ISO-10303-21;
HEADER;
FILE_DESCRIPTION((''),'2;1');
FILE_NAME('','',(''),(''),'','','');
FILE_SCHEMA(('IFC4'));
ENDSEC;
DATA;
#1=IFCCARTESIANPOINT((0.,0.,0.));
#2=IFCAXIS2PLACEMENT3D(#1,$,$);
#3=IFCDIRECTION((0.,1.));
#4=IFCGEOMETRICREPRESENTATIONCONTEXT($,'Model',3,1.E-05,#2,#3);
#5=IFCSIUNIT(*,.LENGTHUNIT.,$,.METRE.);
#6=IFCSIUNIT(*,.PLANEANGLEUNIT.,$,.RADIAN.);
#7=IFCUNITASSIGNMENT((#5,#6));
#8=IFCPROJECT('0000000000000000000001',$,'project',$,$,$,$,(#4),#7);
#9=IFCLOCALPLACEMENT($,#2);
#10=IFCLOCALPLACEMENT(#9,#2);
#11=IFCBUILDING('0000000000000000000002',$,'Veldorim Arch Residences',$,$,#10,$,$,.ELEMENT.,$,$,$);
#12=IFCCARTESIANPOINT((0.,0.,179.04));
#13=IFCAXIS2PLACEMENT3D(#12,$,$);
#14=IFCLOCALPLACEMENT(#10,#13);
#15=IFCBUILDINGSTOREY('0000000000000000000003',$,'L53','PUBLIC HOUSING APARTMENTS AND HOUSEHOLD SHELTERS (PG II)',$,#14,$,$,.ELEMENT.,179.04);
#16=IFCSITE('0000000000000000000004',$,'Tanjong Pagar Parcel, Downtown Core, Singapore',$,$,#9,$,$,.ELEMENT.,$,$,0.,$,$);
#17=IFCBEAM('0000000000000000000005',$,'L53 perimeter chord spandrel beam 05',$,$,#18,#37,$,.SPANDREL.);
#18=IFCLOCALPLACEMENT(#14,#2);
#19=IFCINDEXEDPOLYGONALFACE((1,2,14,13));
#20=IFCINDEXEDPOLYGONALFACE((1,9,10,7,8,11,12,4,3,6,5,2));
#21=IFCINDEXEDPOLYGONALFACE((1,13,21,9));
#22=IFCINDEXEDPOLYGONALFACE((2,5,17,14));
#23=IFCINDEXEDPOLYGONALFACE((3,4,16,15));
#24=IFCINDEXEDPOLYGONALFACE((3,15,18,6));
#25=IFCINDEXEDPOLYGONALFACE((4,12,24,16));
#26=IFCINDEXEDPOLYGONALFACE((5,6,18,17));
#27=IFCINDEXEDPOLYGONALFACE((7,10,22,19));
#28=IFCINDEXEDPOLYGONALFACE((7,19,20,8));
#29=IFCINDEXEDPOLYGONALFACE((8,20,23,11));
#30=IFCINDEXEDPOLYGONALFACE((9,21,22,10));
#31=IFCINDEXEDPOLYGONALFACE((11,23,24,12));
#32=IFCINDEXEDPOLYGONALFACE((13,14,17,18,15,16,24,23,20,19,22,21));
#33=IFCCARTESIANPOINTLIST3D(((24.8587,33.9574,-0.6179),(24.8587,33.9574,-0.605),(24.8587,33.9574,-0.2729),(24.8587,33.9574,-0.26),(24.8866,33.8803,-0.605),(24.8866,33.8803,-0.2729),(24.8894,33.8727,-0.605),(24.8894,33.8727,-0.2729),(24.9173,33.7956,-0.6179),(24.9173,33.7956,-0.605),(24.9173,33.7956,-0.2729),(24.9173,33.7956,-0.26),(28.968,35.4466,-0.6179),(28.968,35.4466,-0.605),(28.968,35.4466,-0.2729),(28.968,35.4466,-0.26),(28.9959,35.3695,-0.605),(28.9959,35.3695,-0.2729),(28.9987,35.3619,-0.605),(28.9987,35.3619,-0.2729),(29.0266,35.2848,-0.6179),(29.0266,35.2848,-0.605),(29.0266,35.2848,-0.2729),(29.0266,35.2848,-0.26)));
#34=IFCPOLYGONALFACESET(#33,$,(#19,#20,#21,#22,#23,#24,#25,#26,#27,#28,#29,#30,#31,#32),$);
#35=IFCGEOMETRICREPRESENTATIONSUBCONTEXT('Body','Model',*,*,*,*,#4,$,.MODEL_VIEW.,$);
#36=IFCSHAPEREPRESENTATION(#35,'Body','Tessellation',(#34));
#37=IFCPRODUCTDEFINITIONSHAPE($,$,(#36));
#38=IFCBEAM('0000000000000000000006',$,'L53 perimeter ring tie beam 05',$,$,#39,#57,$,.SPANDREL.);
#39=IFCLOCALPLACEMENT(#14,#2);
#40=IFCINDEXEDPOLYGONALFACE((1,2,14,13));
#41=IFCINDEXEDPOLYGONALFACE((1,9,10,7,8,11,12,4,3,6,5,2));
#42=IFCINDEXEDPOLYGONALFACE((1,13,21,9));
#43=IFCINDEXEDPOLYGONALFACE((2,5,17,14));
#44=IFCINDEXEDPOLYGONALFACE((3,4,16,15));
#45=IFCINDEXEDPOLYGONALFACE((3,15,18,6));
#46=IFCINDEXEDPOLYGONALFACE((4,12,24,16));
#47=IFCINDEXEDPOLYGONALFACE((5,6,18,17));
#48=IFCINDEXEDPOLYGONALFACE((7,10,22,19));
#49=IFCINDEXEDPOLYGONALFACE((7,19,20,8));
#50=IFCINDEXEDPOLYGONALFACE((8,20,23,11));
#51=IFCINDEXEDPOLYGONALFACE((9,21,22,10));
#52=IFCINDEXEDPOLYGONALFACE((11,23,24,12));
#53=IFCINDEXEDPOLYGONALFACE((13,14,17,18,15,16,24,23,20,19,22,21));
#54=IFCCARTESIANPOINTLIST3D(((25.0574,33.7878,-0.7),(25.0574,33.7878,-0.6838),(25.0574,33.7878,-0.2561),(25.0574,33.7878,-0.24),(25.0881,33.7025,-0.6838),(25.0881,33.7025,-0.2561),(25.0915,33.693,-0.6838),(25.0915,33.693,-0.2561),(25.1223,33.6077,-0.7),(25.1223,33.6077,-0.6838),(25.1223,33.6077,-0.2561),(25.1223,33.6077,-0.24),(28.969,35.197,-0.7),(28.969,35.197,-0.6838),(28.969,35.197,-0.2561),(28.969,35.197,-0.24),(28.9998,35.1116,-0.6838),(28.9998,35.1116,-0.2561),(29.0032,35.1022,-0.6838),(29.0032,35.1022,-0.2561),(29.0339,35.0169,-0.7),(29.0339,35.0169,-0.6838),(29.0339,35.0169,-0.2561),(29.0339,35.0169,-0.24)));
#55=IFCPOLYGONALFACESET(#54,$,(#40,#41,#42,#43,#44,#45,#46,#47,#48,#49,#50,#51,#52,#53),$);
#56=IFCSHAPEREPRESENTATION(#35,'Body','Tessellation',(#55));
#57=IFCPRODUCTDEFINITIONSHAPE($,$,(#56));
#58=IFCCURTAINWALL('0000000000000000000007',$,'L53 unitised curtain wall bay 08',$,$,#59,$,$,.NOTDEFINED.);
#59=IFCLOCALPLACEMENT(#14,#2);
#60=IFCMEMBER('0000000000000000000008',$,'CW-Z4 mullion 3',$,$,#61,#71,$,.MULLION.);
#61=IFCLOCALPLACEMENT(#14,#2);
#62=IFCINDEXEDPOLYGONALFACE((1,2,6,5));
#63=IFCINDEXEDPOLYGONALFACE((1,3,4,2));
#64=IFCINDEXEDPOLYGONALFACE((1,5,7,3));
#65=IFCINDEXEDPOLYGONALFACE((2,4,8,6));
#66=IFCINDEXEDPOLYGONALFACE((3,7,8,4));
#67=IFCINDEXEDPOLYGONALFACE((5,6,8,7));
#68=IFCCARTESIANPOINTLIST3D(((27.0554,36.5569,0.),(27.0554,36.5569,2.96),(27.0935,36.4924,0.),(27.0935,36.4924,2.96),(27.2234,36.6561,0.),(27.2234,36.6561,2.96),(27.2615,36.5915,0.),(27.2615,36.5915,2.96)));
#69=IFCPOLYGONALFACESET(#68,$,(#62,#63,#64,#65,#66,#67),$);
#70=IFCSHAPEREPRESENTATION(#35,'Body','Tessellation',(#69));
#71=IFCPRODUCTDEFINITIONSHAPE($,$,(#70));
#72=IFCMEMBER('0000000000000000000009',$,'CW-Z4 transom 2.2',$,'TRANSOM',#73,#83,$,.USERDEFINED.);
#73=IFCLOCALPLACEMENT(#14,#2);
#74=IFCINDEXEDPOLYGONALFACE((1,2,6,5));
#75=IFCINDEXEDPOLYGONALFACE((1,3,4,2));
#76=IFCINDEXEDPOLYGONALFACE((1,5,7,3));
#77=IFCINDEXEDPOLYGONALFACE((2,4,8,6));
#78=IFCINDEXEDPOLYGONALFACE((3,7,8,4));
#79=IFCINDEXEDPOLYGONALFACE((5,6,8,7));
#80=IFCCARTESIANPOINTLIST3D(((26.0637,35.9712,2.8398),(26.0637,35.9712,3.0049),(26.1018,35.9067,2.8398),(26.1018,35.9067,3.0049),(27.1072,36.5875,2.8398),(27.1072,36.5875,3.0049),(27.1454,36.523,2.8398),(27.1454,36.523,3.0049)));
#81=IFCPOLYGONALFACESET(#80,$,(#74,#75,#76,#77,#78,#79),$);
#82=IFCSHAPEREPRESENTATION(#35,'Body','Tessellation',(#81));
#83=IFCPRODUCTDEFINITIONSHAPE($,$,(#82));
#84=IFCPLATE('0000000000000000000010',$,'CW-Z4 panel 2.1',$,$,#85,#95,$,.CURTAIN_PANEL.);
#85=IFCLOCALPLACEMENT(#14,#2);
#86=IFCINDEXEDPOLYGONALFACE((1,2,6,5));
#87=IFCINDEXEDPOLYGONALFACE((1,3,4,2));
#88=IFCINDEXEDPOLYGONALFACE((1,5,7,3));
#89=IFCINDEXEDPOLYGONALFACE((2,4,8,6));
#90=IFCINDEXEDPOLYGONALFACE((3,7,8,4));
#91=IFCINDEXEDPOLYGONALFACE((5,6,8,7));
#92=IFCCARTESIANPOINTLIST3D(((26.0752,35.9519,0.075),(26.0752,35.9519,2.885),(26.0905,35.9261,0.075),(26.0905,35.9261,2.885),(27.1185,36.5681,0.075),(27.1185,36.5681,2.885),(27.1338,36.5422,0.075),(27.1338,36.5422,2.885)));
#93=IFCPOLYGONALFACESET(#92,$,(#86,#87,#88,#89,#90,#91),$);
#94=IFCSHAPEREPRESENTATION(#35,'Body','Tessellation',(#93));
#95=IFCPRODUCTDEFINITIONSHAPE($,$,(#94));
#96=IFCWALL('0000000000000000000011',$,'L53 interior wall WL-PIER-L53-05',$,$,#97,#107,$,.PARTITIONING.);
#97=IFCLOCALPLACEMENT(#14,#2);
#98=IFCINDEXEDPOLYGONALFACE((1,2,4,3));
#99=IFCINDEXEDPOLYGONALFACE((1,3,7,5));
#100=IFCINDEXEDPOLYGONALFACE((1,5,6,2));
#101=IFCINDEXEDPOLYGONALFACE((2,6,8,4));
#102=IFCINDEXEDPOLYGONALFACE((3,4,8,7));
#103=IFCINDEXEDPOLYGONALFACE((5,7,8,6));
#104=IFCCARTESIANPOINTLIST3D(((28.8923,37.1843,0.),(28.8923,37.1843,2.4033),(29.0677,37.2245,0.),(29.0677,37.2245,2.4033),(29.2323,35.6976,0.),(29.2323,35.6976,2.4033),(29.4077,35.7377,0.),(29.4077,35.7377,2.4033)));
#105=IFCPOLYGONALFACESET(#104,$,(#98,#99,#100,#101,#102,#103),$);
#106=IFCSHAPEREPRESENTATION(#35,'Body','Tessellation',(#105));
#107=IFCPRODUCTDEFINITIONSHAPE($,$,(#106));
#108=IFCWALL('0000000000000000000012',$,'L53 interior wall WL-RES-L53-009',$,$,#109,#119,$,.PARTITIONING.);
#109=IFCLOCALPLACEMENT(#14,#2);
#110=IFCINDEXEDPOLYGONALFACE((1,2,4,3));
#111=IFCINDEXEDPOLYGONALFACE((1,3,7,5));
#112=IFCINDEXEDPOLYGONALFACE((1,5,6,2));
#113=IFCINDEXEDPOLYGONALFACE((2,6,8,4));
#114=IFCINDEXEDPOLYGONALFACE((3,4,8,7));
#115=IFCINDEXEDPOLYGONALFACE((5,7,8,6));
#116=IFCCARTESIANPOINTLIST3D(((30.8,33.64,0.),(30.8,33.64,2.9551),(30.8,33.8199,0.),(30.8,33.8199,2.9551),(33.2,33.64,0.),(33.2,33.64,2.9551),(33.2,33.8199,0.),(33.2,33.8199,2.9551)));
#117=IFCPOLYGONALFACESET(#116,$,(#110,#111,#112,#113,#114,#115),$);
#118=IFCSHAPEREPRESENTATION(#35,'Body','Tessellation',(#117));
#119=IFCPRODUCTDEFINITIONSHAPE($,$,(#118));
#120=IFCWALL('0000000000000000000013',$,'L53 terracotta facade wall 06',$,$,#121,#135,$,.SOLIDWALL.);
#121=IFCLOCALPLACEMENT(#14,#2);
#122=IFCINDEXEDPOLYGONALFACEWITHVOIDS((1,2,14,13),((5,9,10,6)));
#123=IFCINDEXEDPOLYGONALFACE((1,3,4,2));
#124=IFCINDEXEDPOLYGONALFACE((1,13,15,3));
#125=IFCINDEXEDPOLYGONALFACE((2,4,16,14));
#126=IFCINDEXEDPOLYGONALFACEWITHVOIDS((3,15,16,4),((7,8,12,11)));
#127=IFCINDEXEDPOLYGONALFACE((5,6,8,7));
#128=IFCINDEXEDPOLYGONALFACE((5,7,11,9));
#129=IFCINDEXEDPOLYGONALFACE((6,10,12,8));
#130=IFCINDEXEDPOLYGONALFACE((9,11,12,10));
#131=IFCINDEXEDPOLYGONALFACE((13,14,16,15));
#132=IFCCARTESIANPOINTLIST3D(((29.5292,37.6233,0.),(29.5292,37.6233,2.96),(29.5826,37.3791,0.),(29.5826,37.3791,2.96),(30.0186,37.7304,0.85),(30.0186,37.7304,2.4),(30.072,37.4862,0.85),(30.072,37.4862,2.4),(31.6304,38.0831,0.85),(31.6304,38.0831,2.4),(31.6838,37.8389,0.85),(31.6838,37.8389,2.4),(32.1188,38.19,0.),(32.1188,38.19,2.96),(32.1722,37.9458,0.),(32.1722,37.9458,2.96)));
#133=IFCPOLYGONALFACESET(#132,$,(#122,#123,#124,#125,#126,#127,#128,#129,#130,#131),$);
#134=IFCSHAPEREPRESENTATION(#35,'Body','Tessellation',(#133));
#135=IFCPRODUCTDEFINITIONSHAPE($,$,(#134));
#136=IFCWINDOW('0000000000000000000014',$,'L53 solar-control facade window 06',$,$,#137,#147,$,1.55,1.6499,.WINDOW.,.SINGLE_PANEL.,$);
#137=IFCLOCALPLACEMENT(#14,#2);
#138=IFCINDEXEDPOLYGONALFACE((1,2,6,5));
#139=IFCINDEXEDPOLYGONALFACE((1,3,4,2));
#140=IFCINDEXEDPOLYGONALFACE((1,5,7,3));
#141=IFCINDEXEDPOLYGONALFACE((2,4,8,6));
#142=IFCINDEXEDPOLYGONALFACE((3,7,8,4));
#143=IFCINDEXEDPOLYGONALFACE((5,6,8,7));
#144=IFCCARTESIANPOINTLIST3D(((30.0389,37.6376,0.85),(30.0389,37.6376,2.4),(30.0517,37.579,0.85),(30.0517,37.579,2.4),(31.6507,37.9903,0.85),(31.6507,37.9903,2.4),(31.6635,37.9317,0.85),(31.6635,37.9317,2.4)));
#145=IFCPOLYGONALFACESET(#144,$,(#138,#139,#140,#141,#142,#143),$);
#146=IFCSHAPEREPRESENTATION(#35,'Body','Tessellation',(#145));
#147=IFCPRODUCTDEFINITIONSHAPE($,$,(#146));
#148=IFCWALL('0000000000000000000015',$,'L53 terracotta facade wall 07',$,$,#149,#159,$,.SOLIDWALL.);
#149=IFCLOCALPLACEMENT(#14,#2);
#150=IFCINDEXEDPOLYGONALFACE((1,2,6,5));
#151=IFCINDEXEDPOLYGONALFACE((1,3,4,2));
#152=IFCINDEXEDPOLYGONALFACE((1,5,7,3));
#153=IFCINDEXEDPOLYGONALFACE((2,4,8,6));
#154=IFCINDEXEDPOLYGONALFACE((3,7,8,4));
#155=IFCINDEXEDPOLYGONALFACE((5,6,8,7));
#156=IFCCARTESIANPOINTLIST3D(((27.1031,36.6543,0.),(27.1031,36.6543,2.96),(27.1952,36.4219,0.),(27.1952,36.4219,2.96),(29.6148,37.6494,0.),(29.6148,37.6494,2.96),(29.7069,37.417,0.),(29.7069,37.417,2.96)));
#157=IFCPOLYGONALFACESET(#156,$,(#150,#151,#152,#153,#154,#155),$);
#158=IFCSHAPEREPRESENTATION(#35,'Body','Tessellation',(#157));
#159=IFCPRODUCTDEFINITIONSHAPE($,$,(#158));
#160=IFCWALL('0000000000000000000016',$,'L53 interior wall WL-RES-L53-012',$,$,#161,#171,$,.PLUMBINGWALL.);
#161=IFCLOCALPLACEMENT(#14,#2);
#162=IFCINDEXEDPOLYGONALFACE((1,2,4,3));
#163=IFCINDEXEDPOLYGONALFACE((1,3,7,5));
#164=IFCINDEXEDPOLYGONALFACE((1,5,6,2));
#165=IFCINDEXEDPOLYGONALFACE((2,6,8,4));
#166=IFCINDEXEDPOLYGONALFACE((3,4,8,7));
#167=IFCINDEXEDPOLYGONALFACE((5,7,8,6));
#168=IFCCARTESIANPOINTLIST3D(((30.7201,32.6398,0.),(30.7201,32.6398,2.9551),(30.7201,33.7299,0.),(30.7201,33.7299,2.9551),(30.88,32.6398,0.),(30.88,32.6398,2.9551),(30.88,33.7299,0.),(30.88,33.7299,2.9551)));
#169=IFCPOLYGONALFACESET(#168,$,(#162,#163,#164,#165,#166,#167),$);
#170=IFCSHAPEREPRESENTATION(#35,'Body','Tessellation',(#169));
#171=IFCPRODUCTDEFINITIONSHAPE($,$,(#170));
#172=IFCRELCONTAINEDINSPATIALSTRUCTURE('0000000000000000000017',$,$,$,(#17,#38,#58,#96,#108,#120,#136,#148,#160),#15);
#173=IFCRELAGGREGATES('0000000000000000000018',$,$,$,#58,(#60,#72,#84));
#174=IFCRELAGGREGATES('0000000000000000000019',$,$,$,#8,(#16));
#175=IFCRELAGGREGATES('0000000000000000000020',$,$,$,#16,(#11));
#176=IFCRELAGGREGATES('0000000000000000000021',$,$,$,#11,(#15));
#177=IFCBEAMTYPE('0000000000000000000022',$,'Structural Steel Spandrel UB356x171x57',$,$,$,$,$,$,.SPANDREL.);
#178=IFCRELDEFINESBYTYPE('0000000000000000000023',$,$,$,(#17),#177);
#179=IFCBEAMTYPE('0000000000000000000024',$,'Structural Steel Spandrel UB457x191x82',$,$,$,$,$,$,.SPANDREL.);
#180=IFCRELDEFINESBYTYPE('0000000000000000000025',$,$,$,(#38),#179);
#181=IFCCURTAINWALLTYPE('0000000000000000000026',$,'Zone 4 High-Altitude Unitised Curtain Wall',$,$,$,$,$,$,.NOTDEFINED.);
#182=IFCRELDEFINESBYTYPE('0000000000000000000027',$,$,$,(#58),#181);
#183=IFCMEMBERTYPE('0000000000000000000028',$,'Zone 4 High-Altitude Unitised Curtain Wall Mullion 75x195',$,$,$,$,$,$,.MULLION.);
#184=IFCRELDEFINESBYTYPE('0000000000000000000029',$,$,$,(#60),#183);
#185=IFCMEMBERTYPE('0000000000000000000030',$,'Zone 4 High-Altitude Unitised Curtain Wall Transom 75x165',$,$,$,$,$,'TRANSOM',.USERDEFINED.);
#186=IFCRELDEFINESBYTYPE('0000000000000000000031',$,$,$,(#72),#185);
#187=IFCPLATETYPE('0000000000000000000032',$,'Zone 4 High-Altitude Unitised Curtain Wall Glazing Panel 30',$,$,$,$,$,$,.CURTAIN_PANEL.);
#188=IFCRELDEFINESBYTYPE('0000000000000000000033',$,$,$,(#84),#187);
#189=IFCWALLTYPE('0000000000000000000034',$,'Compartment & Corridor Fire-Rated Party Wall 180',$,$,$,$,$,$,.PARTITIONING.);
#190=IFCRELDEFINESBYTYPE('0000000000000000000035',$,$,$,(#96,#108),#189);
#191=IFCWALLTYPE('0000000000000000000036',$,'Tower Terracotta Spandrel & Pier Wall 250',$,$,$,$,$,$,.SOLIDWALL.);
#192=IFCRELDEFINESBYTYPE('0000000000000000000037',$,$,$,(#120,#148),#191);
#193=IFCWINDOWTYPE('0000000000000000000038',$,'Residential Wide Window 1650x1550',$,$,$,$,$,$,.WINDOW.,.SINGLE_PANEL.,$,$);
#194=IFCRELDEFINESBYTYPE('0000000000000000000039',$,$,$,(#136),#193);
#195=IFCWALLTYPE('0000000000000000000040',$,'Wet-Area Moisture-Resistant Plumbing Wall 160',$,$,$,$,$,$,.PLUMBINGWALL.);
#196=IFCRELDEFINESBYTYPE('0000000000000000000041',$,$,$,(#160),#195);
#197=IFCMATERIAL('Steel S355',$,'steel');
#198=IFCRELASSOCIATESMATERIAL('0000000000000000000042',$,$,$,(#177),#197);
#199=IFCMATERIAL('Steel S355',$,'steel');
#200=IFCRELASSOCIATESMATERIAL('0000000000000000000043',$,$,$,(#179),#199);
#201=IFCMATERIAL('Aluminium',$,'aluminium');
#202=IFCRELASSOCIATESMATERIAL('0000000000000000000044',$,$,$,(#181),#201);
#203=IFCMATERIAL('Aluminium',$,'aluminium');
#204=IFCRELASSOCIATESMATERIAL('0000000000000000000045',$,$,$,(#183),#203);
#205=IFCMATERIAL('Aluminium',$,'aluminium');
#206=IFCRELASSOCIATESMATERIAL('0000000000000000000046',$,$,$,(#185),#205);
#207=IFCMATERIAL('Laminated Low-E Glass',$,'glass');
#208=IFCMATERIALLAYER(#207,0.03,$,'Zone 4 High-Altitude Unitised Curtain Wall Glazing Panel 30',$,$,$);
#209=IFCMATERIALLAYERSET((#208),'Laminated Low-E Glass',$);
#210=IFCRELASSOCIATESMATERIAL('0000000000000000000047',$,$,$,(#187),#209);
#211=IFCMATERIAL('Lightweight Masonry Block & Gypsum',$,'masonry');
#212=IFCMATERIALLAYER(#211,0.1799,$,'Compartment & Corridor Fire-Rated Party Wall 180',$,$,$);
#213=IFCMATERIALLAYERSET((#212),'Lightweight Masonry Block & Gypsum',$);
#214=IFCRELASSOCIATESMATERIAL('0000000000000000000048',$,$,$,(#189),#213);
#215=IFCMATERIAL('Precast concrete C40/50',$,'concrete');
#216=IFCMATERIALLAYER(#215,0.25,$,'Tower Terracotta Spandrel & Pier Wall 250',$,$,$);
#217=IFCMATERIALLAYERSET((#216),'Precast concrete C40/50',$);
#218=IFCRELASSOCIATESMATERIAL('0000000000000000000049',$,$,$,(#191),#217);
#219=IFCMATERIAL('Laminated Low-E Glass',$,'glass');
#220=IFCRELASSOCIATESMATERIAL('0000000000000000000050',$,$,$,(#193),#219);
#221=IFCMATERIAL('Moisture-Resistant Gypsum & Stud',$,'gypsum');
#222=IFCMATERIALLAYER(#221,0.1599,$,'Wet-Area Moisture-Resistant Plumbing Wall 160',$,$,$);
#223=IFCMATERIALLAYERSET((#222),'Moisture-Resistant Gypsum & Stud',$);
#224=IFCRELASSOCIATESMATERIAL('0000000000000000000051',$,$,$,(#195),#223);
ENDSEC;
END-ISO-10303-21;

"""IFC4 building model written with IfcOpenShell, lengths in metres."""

from ifc_helpers import new_model, si_unit, direction, frame, frame_2d, origin, origin_2d, place, context, subcontext, project, spatial, rectangle, i_section, extrude, material, layer, layer_set, material_profile, profile_set, type_object, element, fill, aggregate, save


model = new_model("IFC4")

# Units and contexts
model_context = context("Model", 3, precision=1e-05, world=origin(), true_north=direction((0.0, 1.0)))
body_context = subcontext(model_context, "Body", "Model", "MODEL_VIEW")
ifc_project = project(units=[si_unit("LENGTHUNIT", "METRE"), si_unit("PLANEANGLEUNIT", "RADIAN")], contexts=[model_context])

# Site, building, storey
site_placement = place(None, origin())
site = spatial("IfcSite", under=ifc_project, at=site_placement, Name="Tanjong Pagar Parcel, Downtown Core, Singapore", CompositionType="ELEMENT", RefElevation=0.0)
building_placement = place(site_placement, origin())
building = spatial("IfcBuilding", under=site, at=building_placement, Name="Veldorim Arch Residences", CompositionType="ELEMENT")
storey_placement = place(building_placement, frame((0.0, 0.0, 179.04)))
storey = spatial("IfcBuildingStorey", under=building, at=storey_placement, Name="L53", Description="PUBLIC HOUSING APARTMENTS AND HOUSEHOLD SHELTERS (PG II)", CompositionType="ELEMENT", Elevation=179.04)

# Beams
ifc_material_1 = material(Name="Steel S355", Category="steel")
ifc_material_profile_1 = material_profile(ifc_material_1, i_section(OverallWidth=0.1721, OverallDepth=0.3579, WebThickness=0.0081, FlangeThickness=0.0129, at=origin_2d()), Name="UB356x171x57")
ifc_profile_set_1 = profile_set([ifc_material_profile_1], Name="Steel S355")
beam_type_1 = type_object("IfcBeamType", Name="Structural Steel Spandrel UB356x171x57", PredefinedType="SPANDREL", material=ifc_profile_set_1)
beam_1_placement = place(storey_placement, frame((28.9973, 35.3657, -0.439), z_axis=(-0.940165, -0.34072, 0.0), x_axis=(0.34072, -0.940165, 0.0)))
element("IfcBeam", 1, at=beam_1_placement, inside=storey, type_object=beam_type_1, Name="L53 perimeter chord spandrel beam 05", PredefinedType="SPANDREL", context=body_context, shape_type="SweptSolid", body=[
    extrude(i_section(OverallWidth=0.1721, OverallDepth=0.3579, WebThickness=0.0081, FlangeThickness=0.0129, at=origin_2d()), origin(), (0.0, 0.0, 1.0), 4.3708),
])
ifc_material_2 = material(Name="Steel S355", Category="steel")
ifc_material_profile_2 = material_profile(ifc_material_2, i_section(OverallWidth=0.1914, OverallDepth=0.46, WebThickness=0.01, FlangeThickness=0.0161, at=origin_2d()), Name="UB457x191x82")
ifc_profile_set_2 = profile_set([ifc_material_profile_2], Name="Steel S355")
beam_type_2 = type_object("IfcBeamType", Name="Structural Steel Spandrel UB457x191x82", PredefinedType="SPANDREL", material=ifc_profile_set_2)
beam_2_placement = place(storey_placement, frame((29.0015, 35.1069, -0.47), z_axis=(-0.940811, -0.338932, 0.0), x_axis=(0.338932, -0.940811, 0.0)))
element("IfcBeam", 2, at=beam_2_placement, inside=storey, type_object=beam_type_2, Name="L53 perimeter ring tie beam 05", PredefinedType="SPANDREL", context=body_context, shape_type="SweptSolid", body=[
    extrude(i_section(OverallWidth=0.1914, OverallDepth=0.46, WebThickness=0.01, FlangeThickness=0.0161, at=origin_2d()), origin(), (0.0, 0.0, 1.0), 4.1577),
])

# Curtain wall, members, plate
ifc_material_3 = material(Name="Aluminium", Category="aluminium")
curtain_wall_type = type_object("IfcCurtainWallType", Name="Zone 4 High-Altitude Unitised Curtain Wall", PredefinedType="NOTDEFINED", material=ifc_material_3)
curtain_wall_placement = place(storey_placement, origin())
curtain_wall = element("IfcCurtainWall", 3, at=curtain_wall_placement, inside=storey, type_object=curtain_wall_type, Name="L53 unitised curtain wall bay 08", PredefinedType="NOTDEFINED")
ifc_material_4 = material(Name="Aluminium", Category="aluminium")
ifc_material_profile_3 = material_profile(ifc_material_4, rectangle(XDim=0.075, YDim=0.1951, at=origin_2d()), Name="ALU_MUL_75x195")
ifc_profile_set_3 = profile_set([ifc_material_profile_3], Name="Aluminium")
member_type_1 = type_object("IfcMemberType", Name="Zone 4 High-Altitude Unitised Curtain Wall Mullion 75x195", PredefinedType="MULLION", material=ifc_profile_set_3)
member_1_placement = place(storey_placement, frame((27.1584, 36.5742, 0.0), z_axis=(0.0, 0.0, 1.0), x_axis=(-0.508514, 0.861054, 0.0)))
member_1 = element("IfcMember", 4, at=member_1_placement, type_object=member_type_1, Name="CW-Z4 mullion 3", PredefinedType="MULLION", context=body_context, shape_type="SweptSolid", body=[
    extrude(rectangle(XDim=0.075, YDim=0.1951, at=origin_2d()), origin(), (0.0, 0.0, 1.0), 2.96),
])
ifc_material_5 = material(Name="Aluminium", Category="aluminium")
ifc_material_profile_4 = material_profile(ifc_material_5, rectangle(XDim=0.075, YDim=0.165, at=origin_2d()), Name="ALU_TRN_75x165")
ifc_profile_set_4 = profile_set([ifc_material_profile_4], Name="Aluminium")
member_type_2 = type_object("IfcMemberType", Name="Zone 4 High-Altitude Unitised Curtain Wall Transom 75x165", ElementType="TRANSOM", PredefinedType="USERDEFINED", material=ifc_profile_set_4)
member_2_placement = place(storey_placement, frame((26.0828, 35.939, 2.9224), z_axis=(0.861063, 0.508499, 0.0), x_axis=(-0.508499, 0.861063, 0.0)))
member_2 = element("IfcMember", 5, at=member_2_placement, type_object=member_type_2, Name="CW-Z4 transom 2.2", ObjectType="TRANSOM", PredefinedType="USERDEFINED", context=body_context, shape_type="SweptSolid", body=[
    extrude(rectangle(XDim=0.075, YDim=0.165, at=origin_2d()), origin(), (0.0, 0.0, 1.0), 1.2119),
])
ifc_material_6 = material(Name="Laminated Low-E Glass", Category="glass")
ifc_layer_1 = layer(ifc_material_6, 0.03, Name="Zone 4 High-Altitude Unitised Curtain Wall Glazing Panel 30")
ifc_layer_set_1 = layer_set([ifc_layer_1], Name="Laminated Low-E Glass")
plate_type = type_object("IfcPlateType", Name="Zone 4 High-Altitude Unitised Curtain Wall Glazing Panel 30", PredefinedType="CURTAIN_PANEL", material=ifc_layer_set_1)
plate_placement = place(storey_placement, frame((26.6045, 36.2471, 0.075), z_axis=(0.0, 0.0, 1.0), x_axis=(0.861054, 0.508514, 0.0)))
plate = element("IfcPlate", 6, at=plate_placement, type_object=plate_type, Name="CW-Z4 panel 2.1", PredefinedType="CURTAIN_PANEL", context=body_context, shape_type="SweptSolid", body=[
    extrude(rectangle(XDim=1.2117, YDim=0.03, at=origin_2d()), origin(), (0.0, 0.0, 1.0), 2.8101),
])
aggregate(curtain_wall, [member_1, member_2, plate])

# Walls
ifc_material_7 = material(Name="Lightweight Masonry Block & Gypsum", Category="masonry")
ifc_layer_2 = layer(ifc_material_7, 0.1799, Name="Compartment & Corridor Fire-Rated Party Wall 180")
ifc_layer_set_2 = layer_set([ifc_layer_2], Name="Lightweight Masonry Block & Gypsum")
wall_type_1 = type_object("IfcWallType", Name="Compartment & Corridor Fire-Rated Party Wall 180", PredefinedType="PARTITIONING", material=ifc_layer_set_2)
wall_1_placement = place(storey_placement, frame((29.3201, 35.7175, 0.0), z_axis=(0.0, 0.0, 1.0), x_axis=(-0.222977, 0.974824, 0.0)))
element("IfcWall", 7, at=wall_1_placement, inside=storey, type_object=wall_type_1, Name="L53 interior wall WL-PIER-L53-05", PredefinedType="PARTITIONING", context=body_context, shape_type="SweptSolid", body=[
    extrude(rectangle(XDim=1.5251, YDim=0.1799, at=frame_2d((0.7627, 0.0))), origin(), (0.0, 0.0, 1.0), 2.4033),
])
wall_2_placement = place(storey_placement, frame((30.8, 33.73, 0.0), z_axis=(0.0, 0.0, 1.0), x_axis=(1.0, 0.0, 0.0)))
element("IfcWall", 8, at=wall_2_placement, inside=storey, type_object=wall_type_1, Name="L53 interior wall WL-RES-L53-009", PredefinedType="PARTITIONING", context=body_context, shape_type="SweptSolid", body=[
    extrude(rectangle(XDim=2.3999, YDim=0.1799, at=frame_2d((1.2, 0.0))), origin(), (0.0, 0.0, 1.0), 2.9551),
])

# Wall, opening, window
ifc_material_8 = material(Name="Precast concrete C40/50", Category="concrete")
ifc_layer_3 = layer(ifc_material_8, 0.25, Name="Tower Terracotta Spandrel & Pier Wall 250")
ifc_layer_set_3 = layer_set([ifc_layer_3], Name="Precast concrete C40/50")
wall_type_2 = type_object("IfcWallType", Name="Tower Terracotta Spandrel & Pier Wall 250", PredefinedType="SOLIDWALL", material=ifc_layer_set_3)
wall_3_placement = place(storey_placement, frame((29.5559, 37.5012, 0.0), z_axis=(0.0, 0.0, 1.0), x_axis=(0.976886, 0.21376, 0.0)))
wall_3 = element("IfcWall", 9, at=wall_3_placement, inside=storey, type_object=wall_type_2, Name="L53 terracotta facade wall 06", PredefinedType="SOLIDWALL", context=body_context, shape_type="SweptSolid", body=[
    extrude(rectangle(XDim=2.6509, YDim=0.25, at=frame_2d((1.3254, 0.0))), origin(), (0.0, 0.0, 1.0), 2.96),
])
opening_1_placement = place(wall_3_placement, frame((0.501, 0.0, 0.8501)))
opening_1 = element("IfcOpeningElement", 10, at=opening_1_placement, cuts=wall_3, PredefinedType="OPENING", context=body_context, shape_type="SweptSolid", body=[
    extrude(rectangle(XDim=1.6499, YDim=1.55, at=frame_2d((0.825, 0.7749))), frame((0.0, 0.135, 0.0), z_axis=(0.0, -1.0, 0.0), x_axis=(1.0, 0.0, 0.0)), (0.0, 0.0, 1.0), 0.27),
])
ifc_material_9 = material(Name="Laminated Low-E Glass", Category="glass")
window_type = type_object("IfcWindowType", Name="Residential Wide Window 1650x1550", PartitioningType="SINGLE_PANEL", PredefinedType="WINDOW", material=ifc_material_9)
window_placement = place(opening_1_placement, origin())
window = element("IfcWindow", 11, at=window_placement, inside=storey, type_object=window_type, Name="L53 solar-control facade window 06", OverallHeight=1.55, OverallWidth=1.6499, PartitioningType="SINGLE_PANEL", PredefinedType="WINDOW", context=body_context, shape_type="SweptSolid", body=[
    extrude(rectangle(XDim=1.6499, YDim=1.55, at=frame_2d((0.825, 0.7749))), frame((0.0, 0.03, 0.0), z_axis=(0.0, -1.0, 0.0), x_axis=(1.0, 0.0, 0.0)), (0.0, 0.0, 1.0), 0.0601),
])
fill(opening_1, window)

# Wall
wall_4_placement = place(storey_placement, frame((27.1492, 36.5381, 0.0), z_axis=(0.0, 0.0, 1.0), x_axis=(0.929693, 0.368335, 0.0)))
element("IfcWall", 12, at=wall_4_placement, inside=storey, type_object=wall_type_2, Name="L53 terracotta facade wall 07", PredefinedType="SOLIDWALL", context=body_context, shape_type="SweptSolid", body=[
    extrude(rectangle(XDim=2.7017, YDim=0.25, at=frame_2d((1.3508, 0.0))), origin(), (0.0, 0.0, 1.0), 2.96),
])

# Wall
ifc_material_10 = material(Name="Moisture-Resistant Gypsum & Stud", Category="gypsum")
ifc_layer_4 = layer(ifc_material_10, 0.1599, Name="Wet-Area Moisture-Resistant Plumbing Wall 160")
ifc_layer_set_4 = layer_set([ifc_layer_4], Name="Moisture-Resistant Gypsum & Stud")
wall_type_3 = type_object("IfcWallType", Name="Wet-Area Moisture-Resistant Plumbing Wall 160", PredefinedType="PLUMBINGWALL", material=ifc_layer_set_4)
wall_5_placement = place(storey_placement, frame((30.8, 32.6399, 0.0), z_axis=(0.0, 0.0, 1.0), x_axis=(0.0, 1.0, 0.0)))
element("IfcWall", 13, at=wall_5_placement, inside=storey, type_object=wall_type_3, Name="L53 interior wall WL-RES-L53-012", PredefinedType="PLUMBINGWALL", context=body_context, shape_type="SweptSolid", body=[
    extrude(rectangle(XDim=1.0901, YDim=0.1599, at=frame_2d((0.5449, 0.0))), origin(), (0.0, 0.0, 1.0), 2.9551),
])

save(model, "model.ifc")
